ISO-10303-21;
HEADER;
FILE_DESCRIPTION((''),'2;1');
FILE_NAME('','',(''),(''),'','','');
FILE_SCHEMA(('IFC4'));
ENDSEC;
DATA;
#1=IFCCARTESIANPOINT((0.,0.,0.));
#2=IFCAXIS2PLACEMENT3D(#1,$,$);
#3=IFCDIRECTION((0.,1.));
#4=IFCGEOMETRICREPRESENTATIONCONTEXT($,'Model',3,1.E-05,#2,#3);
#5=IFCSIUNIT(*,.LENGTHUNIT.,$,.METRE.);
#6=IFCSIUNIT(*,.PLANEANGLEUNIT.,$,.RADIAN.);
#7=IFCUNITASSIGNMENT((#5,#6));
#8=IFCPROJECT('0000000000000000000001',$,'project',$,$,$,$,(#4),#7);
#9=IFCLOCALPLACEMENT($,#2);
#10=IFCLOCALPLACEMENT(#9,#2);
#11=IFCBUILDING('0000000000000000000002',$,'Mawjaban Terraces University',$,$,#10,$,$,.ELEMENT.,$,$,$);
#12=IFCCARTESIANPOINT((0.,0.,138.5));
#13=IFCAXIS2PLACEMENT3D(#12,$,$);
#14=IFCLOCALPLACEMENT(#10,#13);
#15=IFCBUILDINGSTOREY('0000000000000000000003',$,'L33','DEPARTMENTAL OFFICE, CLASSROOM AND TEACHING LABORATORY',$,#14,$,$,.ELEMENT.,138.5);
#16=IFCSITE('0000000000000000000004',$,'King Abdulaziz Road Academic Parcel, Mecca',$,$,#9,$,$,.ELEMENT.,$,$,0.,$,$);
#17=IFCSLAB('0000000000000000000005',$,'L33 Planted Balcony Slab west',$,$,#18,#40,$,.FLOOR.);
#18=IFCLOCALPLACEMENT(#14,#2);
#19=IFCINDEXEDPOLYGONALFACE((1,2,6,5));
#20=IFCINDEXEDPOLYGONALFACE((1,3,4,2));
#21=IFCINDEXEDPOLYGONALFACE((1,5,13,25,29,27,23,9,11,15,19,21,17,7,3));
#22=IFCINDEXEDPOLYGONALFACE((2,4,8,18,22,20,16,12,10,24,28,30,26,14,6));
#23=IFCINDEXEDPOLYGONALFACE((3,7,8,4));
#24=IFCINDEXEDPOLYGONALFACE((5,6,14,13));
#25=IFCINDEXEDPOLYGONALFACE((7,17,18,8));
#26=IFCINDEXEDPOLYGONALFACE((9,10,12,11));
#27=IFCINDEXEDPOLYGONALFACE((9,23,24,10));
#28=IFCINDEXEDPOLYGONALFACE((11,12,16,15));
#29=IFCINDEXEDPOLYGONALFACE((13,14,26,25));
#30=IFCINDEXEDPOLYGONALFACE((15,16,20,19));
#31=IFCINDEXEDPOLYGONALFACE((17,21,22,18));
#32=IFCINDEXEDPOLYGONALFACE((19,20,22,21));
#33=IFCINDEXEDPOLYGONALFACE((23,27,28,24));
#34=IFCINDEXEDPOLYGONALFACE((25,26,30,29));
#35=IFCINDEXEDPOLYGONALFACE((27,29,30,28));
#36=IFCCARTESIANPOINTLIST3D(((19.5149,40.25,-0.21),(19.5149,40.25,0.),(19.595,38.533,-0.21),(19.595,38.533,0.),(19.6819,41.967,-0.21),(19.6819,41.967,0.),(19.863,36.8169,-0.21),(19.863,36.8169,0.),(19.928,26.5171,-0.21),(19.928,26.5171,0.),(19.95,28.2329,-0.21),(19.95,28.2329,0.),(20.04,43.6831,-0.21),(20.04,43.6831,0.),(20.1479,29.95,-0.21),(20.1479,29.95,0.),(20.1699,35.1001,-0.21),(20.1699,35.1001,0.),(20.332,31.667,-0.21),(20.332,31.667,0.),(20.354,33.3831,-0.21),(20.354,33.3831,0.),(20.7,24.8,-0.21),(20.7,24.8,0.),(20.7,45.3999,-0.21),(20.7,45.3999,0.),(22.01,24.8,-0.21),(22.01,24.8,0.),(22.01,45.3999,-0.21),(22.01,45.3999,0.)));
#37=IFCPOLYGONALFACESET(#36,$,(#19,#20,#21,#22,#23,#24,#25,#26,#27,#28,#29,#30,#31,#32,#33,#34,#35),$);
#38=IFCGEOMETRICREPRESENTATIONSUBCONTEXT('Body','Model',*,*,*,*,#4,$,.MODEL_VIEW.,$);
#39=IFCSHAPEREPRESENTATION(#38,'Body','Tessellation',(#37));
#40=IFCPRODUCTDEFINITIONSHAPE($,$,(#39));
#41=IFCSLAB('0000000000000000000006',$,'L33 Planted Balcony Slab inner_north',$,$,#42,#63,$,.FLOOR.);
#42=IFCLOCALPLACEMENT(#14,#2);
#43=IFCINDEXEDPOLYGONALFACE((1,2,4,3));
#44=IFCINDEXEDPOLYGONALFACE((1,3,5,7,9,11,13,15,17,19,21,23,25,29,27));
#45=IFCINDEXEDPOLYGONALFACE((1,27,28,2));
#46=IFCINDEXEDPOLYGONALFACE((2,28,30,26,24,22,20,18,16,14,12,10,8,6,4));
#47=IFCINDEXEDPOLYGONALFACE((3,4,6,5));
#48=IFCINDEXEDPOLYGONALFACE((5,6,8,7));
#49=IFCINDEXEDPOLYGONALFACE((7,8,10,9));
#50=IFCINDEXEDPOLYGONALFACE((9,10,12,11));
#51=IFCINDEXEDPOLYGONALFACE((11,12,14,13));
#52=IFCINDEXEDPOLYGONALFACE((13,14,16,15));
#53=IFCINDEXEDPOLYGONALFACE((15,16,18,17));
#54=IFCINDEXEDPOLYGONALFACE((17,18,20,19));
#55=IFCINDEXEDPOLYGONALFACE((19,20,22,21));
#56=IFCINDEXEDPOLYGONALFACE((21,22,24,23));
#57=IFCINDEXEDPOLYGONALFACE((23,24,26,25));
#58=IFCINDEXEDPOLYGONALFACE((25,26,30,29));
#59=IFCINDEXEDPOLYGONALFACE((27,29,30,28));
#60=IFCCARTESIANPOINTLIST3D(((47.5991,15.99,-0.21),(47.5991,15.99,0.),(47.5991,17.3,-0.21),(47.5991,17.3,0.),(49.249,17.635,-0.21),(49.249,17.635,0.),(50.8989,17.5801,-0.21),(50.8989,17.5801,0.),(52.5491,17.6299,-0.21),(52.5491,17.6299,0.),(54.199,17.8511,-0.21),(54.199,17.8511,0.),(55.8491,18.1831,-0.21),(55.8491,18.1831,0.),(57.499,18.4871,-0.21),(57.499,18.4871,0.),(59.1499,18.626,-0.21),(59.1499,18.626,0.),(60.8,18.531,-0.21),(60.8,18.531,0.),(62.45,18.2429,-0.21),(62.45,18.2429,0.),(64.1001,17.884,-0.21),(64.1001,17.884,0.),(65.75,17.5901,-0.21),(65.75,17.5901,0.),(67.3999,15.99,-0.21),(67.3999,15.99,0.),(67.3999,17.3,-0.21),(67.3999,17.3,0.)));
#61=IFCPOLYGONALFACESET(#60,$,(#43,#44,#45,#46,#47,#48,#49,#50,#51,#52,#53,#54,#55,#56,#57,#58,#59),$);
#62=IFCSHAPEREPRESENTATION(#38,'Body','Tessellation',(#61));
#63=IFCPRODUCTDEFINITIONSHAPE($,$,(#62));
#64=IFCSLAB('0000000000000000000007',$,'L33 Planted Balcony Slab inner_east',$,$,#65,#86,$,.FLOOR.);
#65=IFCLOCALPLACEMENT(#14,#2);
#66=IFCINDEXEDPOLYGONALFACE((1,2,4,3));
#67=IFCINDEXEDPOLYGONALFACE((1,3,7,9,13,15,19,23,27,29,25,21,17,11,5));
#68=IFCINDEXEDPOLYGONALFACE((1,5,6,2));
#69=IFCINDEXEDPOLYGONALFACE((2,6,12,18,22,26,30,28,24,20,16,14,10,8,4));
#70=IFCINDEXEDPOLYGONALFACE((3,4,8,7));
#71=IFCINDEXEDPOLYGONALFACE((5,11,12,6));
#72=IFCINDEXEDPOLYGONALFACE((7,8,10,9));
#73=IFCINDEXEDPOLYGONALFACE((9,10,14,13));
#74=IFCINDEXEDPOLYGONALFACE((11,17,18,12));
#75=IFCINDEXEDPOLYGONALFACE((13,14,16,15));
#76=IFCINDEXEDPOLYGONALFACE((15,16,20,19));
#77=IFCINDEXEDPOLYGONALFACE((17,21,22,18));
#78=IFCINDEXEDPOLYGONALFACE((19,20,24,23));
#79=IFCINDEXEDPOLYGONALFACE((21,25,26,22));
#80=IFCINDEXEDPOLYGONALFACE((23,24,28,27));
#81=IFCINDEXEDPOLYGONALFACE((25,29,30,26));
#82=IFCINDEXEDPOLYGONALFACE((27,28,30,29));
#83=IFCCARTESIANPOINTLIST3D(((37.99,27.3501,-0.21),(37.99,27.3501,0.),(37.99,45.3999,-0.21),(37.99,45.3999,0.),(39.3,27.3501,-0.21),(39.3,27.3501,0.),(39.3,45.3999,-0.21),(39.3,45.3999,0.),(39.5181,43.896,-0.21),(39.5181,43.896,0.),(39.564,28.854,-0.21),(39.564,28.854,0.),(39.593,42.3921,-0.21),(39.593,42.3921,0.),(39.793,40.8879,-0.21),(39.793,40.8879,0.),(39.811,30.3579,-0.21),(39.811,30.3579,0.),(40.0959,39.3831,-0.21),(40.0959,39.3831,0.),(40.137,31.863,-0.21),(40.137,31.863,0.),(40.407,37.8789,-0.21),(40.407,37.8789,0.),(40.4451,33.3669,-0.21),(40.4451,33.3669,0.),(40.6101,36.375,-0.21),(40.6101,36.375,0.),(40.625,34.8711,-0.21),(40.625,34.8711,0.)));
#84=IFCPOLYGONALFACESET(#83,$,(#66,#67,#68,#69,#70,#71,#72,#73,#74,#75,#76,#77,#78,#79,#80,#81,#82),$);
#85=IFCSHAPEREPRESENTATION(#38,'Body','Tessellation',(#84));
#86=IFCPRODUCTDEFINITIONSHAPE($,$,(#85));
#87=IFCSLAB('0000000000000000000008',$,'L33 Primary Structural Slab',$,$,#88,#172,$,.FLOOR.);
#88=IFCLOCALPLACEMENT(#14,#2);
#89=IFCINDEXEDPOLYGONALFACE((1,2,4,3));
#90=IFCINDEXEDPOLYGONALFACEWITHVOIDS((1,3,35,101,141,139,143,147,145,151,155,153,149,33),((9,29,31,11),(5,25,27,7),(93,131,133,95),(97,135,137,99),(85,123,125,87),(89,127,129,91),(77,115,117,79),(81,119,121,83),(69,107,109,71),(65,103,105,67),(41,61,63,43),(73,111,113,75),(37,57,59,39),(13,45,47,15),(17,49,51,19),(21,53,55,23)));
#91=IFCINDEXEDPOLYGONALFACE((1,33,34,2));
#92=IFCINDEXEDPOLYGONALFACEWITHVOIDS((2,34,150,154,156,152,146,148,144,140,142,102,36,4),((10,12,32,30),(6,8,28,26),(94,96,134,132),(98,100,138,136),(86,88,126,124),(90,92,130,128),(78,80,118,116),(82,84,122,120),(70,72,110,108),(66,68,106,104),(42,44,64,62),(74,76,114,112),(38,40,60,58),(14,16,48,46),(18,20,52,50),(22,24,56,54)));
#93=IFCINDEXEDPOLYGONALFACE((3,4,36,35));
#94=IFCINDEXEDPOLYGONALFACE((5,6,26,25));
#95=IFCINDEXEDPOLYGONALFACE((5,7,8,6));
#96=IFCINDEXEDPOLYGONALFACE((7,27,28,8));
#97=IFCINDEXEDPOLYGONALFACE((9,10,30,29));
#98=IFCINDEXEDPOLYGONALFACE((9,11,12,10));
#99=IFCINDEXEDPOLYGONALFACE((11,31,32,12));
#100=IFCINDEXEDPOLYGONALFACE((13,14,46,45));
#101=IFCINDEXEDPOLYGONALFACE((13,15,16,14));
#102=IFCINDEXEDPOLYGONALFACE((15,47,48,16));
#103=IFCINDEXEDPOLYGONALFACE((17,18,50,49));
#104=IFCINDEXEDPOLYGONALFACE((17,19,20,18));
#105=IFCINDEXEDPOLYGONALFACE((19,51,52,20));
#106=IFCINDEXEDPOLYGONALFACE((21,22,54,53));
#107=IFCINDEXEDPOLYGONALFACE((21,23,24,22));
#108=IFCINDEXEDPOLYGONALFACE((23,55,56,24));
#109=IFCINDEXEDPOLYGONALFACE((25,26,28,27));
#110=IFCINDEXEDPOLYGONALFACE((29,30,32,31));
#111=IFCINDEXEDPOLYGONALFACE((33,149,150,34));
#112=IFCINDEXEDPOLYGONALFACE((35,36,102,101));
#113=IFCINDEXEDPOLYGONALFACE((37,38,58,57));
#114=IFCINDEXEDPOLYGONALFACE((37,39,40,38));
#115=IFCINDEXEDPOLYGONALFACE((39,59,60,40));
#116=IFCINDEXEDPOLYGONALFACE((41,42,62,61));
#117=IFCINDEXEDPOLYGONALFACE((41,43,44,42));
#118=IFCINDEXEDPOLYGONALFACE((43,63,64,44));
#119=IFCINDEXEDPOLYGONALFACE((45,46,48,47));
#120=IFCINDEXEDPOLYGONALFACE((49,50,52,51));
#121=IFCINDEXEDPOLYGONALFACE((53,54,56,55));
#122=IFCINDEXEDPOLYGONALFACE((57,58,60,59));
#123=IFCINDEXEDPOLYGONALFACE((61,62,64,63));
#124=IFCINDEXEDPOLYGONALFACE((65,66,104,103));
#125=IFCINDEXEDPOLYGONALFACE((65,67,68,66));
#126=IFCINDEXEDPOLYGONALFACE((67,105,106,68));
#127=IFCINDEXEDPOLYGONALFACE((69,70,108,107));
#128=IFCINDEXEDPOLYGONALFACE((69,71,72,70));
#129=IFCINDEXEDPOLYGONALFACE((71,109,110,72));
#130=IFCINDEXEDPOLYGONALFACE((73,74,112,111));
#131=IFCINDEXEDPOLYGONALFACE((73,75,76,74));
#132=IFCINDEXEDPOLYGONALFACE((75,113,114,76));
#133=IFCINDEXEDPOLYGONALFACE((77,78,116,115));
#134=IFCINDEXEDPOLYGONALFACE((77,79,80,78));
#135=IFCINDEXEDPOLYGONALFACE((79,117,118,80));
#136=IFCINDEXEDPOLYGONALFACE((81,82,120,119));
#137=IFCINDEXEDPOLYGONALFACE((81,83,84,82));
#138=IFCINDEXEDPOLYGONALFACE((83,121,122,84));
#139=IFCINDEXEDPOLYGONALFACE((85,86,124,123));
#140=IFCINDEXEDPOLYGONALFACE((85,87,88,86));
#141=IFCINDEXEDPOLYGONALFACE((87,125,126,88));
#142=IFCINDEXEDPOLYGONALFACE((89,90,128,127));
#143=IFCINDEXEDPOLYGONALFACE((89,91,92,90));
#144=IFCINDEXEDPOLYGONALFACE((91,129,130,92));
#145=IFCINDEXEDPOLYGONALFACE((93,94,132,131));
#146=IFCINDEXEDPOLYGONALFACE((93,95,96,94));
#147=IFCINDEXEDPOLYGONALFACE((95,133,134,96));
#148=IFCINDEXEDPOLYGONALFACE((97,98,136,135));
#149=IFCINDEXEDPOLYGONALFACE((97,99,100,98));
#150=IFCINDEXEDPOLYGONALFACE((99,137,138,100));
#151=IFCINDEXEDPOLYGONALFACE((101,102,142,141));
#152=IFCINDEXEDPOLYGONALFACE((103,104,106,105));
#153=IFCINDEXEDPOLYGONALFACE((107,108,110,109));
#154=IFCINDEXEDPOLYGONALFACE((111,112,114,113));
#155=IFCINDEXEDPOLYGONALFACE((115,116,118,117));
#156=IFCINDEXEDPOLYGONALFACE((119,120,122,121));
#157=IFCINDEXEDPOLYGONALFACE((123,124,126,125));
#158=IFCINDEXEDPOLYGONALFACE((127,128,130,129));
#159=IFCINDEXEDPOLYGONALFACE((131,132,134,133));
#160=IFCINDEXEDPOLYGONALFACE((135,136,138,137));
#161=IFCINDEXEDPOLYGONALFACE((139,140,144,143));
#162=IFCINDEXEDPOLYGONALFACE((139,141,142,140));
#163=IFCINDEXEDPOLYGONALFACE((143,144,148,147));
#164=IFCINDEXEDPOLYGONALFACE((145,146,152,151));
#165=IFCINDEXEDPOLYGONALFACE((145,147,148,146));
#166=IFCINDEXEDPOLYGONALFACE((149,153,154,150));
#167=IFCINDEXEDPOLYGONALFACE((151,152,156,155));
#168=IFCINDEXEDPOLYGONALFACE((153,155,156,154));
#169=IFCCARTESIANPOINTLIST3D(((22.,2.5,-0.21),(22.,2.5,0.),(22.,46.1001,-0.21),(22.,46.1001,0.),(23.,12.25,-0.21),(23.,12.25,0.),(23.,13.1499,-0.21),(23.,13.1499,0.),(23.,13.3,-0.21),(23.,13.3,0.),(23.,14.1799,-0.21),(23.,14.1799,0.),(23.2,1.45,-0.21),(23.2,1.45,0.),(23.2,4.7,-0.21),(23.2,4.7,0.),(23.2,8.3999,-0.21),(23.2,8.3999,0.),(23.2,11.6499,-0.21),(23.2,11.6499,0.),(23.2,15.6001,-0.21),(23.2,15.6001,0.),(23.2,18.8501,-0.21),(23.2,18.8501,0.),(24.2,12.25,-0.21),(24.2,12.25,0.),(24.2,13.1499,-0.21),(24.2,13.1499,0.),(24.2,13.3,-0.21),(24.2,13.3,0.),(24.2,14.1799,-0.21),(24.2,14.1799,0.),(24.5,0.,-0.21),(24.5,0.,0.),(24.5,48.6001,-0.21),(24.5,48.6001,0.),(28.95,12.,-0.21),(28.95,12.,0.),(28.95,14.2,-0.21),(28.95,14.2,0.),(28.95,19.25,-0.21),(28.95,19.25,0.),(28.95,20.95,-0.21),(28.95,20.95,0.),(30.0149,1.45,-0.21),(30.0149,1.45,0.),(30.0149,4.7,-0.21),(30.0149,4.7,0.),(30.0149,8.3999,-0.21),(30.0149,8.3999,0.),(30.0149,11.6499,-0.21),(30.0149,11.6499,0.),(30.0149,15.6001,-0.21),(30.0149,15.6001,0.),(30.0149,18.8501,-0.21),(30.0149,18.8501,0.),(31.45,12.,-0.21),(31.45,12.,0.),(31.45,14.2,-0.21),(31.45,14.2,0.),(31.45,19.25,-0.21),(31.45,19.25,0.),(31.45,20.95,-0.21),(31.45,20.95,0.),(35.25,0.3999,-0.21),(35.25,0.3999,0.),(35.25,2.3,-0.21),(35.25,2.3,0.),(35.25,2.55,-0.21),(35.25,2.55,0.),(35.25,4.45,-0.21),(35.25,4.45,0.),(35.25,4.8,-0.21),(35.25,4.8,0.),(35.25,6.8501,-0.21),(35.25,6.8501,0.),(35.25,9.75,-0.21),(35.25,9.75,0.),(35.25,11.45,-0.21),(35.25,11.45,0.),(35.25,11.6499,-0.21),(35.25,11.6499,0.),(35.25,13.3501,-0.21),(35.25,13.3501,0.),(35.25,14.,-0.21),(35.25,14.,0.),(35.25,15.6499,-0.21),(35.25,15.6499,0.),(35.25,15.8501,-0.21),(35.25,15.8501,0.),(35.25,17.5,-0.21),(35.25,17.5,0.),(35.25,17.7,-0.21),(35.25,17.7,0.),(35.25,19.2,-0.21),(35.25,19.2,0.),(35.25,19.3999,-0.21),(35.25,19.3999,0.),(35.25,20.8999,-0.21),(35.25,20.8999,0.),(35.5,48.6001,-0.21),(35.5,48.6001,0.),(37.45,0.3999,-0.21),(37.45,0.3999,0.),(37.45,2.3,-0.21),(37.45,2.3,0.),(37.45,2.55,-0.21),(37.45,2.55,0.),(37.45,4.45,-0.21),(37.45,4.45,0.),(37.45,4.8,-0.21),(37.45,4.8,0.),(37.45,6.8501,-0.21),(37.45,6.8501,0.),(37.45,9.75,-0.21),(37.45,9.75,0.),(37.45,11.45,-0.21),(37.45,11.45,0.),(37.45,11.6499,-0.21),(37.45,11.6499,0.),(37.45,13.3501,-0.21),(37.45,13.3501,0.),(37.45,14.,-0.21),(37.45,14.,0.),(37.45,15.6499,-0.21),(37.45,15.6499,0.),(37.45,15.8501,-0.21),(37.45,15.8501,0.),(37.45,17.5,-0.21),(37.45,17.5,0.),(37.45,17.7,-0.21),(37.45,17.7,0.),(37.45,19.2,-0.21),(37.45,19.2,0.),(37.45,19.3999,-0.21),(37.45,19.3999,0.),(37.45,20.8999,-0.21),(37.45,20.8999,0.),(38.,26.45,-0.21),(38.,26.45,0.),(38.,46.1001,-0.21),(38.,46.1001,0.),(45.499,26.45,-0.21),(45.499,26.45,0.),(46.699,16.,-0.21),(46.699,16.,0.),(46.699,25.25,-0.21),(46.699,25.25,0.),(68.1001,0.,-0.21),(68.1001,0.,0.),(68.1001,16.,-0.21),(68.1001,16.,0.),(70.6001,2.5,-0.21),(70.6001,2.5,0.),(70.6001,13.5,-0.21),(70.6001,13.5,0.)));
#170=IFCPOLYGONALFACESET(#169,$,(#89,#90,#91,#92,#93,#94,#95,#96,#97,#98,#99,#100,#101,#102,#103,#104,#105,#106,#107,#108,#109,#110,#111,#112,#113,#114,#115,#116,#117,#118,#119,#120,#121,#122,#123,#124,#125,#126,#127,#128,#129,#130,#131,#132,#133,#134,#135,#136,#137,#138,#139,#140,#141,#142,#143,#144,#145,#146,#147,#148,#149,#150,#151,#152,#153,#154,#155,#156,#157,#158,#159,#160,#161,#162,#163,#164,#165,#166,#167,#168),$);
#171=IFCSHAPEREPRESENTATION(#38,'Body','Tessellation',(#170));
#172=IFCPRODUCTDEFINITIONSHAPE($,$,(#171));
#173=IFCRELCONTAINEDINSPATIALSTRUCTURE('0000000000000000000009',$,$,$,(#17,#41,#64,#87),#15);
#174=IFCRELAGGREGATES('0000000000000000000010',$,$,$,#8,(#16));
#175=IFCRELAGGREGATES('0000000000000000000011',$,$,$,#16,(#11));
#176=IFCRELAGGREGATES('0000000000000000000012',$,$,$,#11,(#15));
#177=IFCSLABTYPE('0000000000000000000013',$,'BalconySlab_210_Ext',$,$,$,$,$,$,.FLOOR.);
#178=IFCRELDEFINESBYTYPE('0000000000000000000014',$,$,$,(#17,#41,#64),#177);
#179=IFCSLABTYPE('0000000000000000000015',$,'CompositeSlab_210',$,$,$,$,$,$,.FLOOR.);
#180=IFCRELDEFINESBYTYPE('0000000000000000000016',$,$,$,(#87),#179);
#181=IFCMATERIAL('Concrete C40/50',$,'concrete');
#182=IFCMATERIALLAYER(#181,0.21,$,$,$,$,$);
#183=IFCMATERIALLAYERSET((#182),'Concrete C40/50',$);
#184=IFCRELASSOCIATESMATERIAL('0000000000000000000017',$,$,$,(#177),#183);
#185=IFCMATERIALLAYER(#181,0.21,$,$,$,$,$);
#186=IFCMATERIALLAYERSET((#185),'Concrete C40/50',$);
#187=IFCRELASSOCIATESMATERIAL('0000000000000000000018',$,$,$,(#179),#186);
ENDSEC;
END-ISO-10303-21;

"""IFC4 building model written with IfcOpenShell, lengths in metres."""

from ifc_helpers import new_model, si_unit, direction, frame, origin, place, context, subcontext, project, spatial, polyline, outline, extrude, material, layer, layer_set, type_object, element, save


model = new_model("IFC4")

# Units and contexts
model_context = context("Model", 3, precision=1e-05, world=origin(), true_north=direction((0.0, 1.0)))
body_context = subcontext(model_context, "Body", "Model", "MODEL_VIEW")
ifc_project = project(units=[si_unit("LENGTHUNIT", "METRE"), si_unit("PLANEANGLEUNIT", "RADIAN")], contexts=[model_context])

# Site, building, storey
site_placement = place(None, origin())
site = spatial("IfcSite", under=ifc_project, at=site_placement, Name="King Abdulaziz Road Academic Parcel, Mecca", CompositionType="ELEMENT", RefElevation=0.0)
building_placement = place(site_placement, origin())
building = spatial("IfcBuilding", under=site, at=building_placement, Name="Mawjaban Terraces University", CompositionType="ELEMENT")
storey_placement = place(building_placement, frame((0.0, 0.0, 138.5)))
storey = spatial("IfcBuildingStorey", under=building, at=storey_placement, Name="L33", Description="DEPARTMENTAL OFFICE, CLASSROOM AND TEACHING LABORATORY", CompositionType="ELEMENT", Elevation=138.5)

# Slabs
ifc_material_1 = material(Name="Concrete C40/50", Category="concrete")
ifc_layer_1 = layer(ifc_material_1, 0.21)
ifc_layer_set_1 = layer_set([ifc_layer_1], Name="Concrete C40/50")
slab_type_1 = type_object("IfcSlabType", Name="BalconySlab_210_Ext", PredefinedType="FLOOR", material=ifc_layer_set_1)
slab_1_placement = place(storey_placement, frame((0.0, 0.0, -0.21)))
element("IfcSlab", 1, at=slab_1_placement, inside=storey, type_object=slab_type_1, Name="L33 Planted Balcony Slab west", PredefinedType="FLOOR", context=body_context, shape_type="SweptSolid", body=[
    extrude(outline(polyline([(22.01, 24.8), (22.01, 45.3999), (20.7, 45.3999), (20.04, 43.6831), (19.6819, 41.967), (19.5149, 40.25), (19.595, 38.533), (19.863, 36.8169), (20.1699, 35.1001), (20.354, 33.3831), (20.332, 31.667), (20.1479, 29.95), (19.95, 28.2329), (19.928, 26.5171), (20.7, 24.8), (22.01, 24.8)])), origin(), (0.0, 0.0, 1.0), 0.21),
])
slab_2_placement = place(storey_placement, frame((0.0, 0.0, -0.21)))
element("IfcSlab", 2, at=slab_2_placement, inside=storey, type_object=slab_type_1, Name="L33 Planted Balcony Slab inner_north", PredefinedType="FLOOR", context=body_context, shape_type="SweptSolid", body=[
    extrude(outline(polyline([(47.5991, 15.99), (67.3999, 15.99), (67.3999, 17.3), (65.75, 17.5901), (64.1001, 17.884), (62.45, 18.2429), (60.8, 18.531), (59.1499, 18.626), (57.499, 18.4871), (55.8491, 18.1831), (54.199, 17.8511), (52.5491, 17.6299), (50.8989, 17.5801), (49.249, 17.635), (47.5991, 17.3), (47.5991, 15.99)])), origin(), (0.0, 0.0, 1.0), 0.21),
])
slab_3_placement = place(storey_placement, frame((0.0, 0.0, -0.21)))
element("IfcSlab", 3, at=slab_3_placement, inside=storey, type_object=slab_type_1, Name="L33 Planted Balcony Slab inner_east", PredefinedType="FLOOR", context=body_context, shape_type="SweptSolid", body=[
    extrude(outline(polyline([(39.3, 27.3501), (39.564, 28.854), (39.811, 30.3579), (40.137, 31.863), (40.4451, 33.3669), (40.625, 34.8711), (40.6101, 36.375), (40.407, 37.8789), (40.0959, 39.3831), (39.793, 40.8879), (39.593, 42.3921), (39.5181, 43.896), (39.3, 45.3999), (37.99, 45.3999), (37.99, 27.3501), (39.3, 27.3501)])), origin(), (0.0, 0.0, 1.0), 0.21),
])
ifc_layer_2 = layer(ifc_material_1, 0.21)
ifc_layer_set_2 = layer_set([ifc_layer_2], Name="Concrete C40/50")
slab_type_2 = type_object("IfcSlabType", Name="CompositeSlab_210", PredefinedType="FLOOR", material=ifc_layer_set_2)
slab_4_placement = place(storey_placement, frame((0.0, 0.0, -0.21)))
element("IfcSlab", 4, at=slab_4_placement, inside=storey, type_object=slab_type_2, Name="L33 Primary Structural Slab", PredefinedType="FLOOR", context=body_context, shape_type="SweptSolid", body=[
    extrude(outline(polyline([(24.5, 0.0), (68.1001, 0.0), (70.6001, 2.5), (70.6001, 13.5), (68.1001, 16.0), (46.699, 16.0), (46.699, 25.25), (45.499, 26.45), (38.0, 26.45), (38.0, 46.1001), (35.5, 48.6001), (24.5, 48.6001), (22.0, 46.1001), (22.0, 2.5), (24.5, 0.0)]), holes=[polyline([(30.0149, 4.7), (23.2, 4.7), (23.2, 1.45), (30.0149, 1.45), (30.0149, 4.7)]), polyline([(30.0149, 18.8501), (23.2, 18.8501), (23.2, 15.6001), (30.0149, 15.6001), (30.0149, 18.8501)]), polyline([(30.0149, 11.6499), (23.2, 11.6499), (23.2, 8.3999), (30.0149, 8.3999), (30.0149, 11.6499)]), polyline([(35.25, 0.3999), (37.45, 0.3999), (37.45, 2.3), (35.25, 2.3), (35.25, 0.3999)]), polyline([(35.25, 2.55), (37.45, 2.55), (37.45, 4.45), (35.25, 4.45), (35.25, 2.55)]), polyline([(35.25, 4.8), (37.45, 4.8), (37.45, 6.8501), (35.25, 6.8501), (35.25, 4.8)]), polyline([(35.25, 9.75), (37.45, 9.75), (37.45, 11.45), (35.25, 11.45), (35.25, 9.75)]), polyline([(35.25, 11.6499), (37.45, 11.6499), (37.45, 13.3501), (35.25, 13.3501), (35.25, 11.6499)]), polyline([(28.95, 12.0), (31.45, 12.0), (31.45, 14.2), (28.95, 14.2), (28.95, 12.0)]), polyline([(35.25, 14.0), (37.45, 14.0), (37.45, 15.6499), (35.25, 15.6499), (35.25, 14.0)]), polyline([(35.25, 15.8501), (37.45, 15.8501), (37.45, 17.5), (35.25, 17.5), (35.25, 15.8501)]), polyline([(35.25, 17.7), (37.45, 17.7), (37.45, 19.2), (35.25, 19.2), (35.25, 17.7)]), polyline([(35.25, 19.3999), (37.45, 19.3999), (37.45, 20.8999), (35.25, 20.8999), (35.25, 19.3999)]), polyline([(28.95, 19.25), (31.45, 19.25), (31.45, 20.95), (28.95, 20.95), (28.95, 19.25)]), polyline([(23.0, 12.25), (24.2, 12.25), (24.2, 13.1499), (23.0, 13.1499), (23.0, 12.25)]), polyline([(23.0, 13.3), (24.2, 13.3), (24.2, 14.1799), (23.0, 14.1799), (23.0, 13.3)])]), origin(), (0.0, 0.0, 1.0), 0.21),
])

save(model, "model.ifc")
